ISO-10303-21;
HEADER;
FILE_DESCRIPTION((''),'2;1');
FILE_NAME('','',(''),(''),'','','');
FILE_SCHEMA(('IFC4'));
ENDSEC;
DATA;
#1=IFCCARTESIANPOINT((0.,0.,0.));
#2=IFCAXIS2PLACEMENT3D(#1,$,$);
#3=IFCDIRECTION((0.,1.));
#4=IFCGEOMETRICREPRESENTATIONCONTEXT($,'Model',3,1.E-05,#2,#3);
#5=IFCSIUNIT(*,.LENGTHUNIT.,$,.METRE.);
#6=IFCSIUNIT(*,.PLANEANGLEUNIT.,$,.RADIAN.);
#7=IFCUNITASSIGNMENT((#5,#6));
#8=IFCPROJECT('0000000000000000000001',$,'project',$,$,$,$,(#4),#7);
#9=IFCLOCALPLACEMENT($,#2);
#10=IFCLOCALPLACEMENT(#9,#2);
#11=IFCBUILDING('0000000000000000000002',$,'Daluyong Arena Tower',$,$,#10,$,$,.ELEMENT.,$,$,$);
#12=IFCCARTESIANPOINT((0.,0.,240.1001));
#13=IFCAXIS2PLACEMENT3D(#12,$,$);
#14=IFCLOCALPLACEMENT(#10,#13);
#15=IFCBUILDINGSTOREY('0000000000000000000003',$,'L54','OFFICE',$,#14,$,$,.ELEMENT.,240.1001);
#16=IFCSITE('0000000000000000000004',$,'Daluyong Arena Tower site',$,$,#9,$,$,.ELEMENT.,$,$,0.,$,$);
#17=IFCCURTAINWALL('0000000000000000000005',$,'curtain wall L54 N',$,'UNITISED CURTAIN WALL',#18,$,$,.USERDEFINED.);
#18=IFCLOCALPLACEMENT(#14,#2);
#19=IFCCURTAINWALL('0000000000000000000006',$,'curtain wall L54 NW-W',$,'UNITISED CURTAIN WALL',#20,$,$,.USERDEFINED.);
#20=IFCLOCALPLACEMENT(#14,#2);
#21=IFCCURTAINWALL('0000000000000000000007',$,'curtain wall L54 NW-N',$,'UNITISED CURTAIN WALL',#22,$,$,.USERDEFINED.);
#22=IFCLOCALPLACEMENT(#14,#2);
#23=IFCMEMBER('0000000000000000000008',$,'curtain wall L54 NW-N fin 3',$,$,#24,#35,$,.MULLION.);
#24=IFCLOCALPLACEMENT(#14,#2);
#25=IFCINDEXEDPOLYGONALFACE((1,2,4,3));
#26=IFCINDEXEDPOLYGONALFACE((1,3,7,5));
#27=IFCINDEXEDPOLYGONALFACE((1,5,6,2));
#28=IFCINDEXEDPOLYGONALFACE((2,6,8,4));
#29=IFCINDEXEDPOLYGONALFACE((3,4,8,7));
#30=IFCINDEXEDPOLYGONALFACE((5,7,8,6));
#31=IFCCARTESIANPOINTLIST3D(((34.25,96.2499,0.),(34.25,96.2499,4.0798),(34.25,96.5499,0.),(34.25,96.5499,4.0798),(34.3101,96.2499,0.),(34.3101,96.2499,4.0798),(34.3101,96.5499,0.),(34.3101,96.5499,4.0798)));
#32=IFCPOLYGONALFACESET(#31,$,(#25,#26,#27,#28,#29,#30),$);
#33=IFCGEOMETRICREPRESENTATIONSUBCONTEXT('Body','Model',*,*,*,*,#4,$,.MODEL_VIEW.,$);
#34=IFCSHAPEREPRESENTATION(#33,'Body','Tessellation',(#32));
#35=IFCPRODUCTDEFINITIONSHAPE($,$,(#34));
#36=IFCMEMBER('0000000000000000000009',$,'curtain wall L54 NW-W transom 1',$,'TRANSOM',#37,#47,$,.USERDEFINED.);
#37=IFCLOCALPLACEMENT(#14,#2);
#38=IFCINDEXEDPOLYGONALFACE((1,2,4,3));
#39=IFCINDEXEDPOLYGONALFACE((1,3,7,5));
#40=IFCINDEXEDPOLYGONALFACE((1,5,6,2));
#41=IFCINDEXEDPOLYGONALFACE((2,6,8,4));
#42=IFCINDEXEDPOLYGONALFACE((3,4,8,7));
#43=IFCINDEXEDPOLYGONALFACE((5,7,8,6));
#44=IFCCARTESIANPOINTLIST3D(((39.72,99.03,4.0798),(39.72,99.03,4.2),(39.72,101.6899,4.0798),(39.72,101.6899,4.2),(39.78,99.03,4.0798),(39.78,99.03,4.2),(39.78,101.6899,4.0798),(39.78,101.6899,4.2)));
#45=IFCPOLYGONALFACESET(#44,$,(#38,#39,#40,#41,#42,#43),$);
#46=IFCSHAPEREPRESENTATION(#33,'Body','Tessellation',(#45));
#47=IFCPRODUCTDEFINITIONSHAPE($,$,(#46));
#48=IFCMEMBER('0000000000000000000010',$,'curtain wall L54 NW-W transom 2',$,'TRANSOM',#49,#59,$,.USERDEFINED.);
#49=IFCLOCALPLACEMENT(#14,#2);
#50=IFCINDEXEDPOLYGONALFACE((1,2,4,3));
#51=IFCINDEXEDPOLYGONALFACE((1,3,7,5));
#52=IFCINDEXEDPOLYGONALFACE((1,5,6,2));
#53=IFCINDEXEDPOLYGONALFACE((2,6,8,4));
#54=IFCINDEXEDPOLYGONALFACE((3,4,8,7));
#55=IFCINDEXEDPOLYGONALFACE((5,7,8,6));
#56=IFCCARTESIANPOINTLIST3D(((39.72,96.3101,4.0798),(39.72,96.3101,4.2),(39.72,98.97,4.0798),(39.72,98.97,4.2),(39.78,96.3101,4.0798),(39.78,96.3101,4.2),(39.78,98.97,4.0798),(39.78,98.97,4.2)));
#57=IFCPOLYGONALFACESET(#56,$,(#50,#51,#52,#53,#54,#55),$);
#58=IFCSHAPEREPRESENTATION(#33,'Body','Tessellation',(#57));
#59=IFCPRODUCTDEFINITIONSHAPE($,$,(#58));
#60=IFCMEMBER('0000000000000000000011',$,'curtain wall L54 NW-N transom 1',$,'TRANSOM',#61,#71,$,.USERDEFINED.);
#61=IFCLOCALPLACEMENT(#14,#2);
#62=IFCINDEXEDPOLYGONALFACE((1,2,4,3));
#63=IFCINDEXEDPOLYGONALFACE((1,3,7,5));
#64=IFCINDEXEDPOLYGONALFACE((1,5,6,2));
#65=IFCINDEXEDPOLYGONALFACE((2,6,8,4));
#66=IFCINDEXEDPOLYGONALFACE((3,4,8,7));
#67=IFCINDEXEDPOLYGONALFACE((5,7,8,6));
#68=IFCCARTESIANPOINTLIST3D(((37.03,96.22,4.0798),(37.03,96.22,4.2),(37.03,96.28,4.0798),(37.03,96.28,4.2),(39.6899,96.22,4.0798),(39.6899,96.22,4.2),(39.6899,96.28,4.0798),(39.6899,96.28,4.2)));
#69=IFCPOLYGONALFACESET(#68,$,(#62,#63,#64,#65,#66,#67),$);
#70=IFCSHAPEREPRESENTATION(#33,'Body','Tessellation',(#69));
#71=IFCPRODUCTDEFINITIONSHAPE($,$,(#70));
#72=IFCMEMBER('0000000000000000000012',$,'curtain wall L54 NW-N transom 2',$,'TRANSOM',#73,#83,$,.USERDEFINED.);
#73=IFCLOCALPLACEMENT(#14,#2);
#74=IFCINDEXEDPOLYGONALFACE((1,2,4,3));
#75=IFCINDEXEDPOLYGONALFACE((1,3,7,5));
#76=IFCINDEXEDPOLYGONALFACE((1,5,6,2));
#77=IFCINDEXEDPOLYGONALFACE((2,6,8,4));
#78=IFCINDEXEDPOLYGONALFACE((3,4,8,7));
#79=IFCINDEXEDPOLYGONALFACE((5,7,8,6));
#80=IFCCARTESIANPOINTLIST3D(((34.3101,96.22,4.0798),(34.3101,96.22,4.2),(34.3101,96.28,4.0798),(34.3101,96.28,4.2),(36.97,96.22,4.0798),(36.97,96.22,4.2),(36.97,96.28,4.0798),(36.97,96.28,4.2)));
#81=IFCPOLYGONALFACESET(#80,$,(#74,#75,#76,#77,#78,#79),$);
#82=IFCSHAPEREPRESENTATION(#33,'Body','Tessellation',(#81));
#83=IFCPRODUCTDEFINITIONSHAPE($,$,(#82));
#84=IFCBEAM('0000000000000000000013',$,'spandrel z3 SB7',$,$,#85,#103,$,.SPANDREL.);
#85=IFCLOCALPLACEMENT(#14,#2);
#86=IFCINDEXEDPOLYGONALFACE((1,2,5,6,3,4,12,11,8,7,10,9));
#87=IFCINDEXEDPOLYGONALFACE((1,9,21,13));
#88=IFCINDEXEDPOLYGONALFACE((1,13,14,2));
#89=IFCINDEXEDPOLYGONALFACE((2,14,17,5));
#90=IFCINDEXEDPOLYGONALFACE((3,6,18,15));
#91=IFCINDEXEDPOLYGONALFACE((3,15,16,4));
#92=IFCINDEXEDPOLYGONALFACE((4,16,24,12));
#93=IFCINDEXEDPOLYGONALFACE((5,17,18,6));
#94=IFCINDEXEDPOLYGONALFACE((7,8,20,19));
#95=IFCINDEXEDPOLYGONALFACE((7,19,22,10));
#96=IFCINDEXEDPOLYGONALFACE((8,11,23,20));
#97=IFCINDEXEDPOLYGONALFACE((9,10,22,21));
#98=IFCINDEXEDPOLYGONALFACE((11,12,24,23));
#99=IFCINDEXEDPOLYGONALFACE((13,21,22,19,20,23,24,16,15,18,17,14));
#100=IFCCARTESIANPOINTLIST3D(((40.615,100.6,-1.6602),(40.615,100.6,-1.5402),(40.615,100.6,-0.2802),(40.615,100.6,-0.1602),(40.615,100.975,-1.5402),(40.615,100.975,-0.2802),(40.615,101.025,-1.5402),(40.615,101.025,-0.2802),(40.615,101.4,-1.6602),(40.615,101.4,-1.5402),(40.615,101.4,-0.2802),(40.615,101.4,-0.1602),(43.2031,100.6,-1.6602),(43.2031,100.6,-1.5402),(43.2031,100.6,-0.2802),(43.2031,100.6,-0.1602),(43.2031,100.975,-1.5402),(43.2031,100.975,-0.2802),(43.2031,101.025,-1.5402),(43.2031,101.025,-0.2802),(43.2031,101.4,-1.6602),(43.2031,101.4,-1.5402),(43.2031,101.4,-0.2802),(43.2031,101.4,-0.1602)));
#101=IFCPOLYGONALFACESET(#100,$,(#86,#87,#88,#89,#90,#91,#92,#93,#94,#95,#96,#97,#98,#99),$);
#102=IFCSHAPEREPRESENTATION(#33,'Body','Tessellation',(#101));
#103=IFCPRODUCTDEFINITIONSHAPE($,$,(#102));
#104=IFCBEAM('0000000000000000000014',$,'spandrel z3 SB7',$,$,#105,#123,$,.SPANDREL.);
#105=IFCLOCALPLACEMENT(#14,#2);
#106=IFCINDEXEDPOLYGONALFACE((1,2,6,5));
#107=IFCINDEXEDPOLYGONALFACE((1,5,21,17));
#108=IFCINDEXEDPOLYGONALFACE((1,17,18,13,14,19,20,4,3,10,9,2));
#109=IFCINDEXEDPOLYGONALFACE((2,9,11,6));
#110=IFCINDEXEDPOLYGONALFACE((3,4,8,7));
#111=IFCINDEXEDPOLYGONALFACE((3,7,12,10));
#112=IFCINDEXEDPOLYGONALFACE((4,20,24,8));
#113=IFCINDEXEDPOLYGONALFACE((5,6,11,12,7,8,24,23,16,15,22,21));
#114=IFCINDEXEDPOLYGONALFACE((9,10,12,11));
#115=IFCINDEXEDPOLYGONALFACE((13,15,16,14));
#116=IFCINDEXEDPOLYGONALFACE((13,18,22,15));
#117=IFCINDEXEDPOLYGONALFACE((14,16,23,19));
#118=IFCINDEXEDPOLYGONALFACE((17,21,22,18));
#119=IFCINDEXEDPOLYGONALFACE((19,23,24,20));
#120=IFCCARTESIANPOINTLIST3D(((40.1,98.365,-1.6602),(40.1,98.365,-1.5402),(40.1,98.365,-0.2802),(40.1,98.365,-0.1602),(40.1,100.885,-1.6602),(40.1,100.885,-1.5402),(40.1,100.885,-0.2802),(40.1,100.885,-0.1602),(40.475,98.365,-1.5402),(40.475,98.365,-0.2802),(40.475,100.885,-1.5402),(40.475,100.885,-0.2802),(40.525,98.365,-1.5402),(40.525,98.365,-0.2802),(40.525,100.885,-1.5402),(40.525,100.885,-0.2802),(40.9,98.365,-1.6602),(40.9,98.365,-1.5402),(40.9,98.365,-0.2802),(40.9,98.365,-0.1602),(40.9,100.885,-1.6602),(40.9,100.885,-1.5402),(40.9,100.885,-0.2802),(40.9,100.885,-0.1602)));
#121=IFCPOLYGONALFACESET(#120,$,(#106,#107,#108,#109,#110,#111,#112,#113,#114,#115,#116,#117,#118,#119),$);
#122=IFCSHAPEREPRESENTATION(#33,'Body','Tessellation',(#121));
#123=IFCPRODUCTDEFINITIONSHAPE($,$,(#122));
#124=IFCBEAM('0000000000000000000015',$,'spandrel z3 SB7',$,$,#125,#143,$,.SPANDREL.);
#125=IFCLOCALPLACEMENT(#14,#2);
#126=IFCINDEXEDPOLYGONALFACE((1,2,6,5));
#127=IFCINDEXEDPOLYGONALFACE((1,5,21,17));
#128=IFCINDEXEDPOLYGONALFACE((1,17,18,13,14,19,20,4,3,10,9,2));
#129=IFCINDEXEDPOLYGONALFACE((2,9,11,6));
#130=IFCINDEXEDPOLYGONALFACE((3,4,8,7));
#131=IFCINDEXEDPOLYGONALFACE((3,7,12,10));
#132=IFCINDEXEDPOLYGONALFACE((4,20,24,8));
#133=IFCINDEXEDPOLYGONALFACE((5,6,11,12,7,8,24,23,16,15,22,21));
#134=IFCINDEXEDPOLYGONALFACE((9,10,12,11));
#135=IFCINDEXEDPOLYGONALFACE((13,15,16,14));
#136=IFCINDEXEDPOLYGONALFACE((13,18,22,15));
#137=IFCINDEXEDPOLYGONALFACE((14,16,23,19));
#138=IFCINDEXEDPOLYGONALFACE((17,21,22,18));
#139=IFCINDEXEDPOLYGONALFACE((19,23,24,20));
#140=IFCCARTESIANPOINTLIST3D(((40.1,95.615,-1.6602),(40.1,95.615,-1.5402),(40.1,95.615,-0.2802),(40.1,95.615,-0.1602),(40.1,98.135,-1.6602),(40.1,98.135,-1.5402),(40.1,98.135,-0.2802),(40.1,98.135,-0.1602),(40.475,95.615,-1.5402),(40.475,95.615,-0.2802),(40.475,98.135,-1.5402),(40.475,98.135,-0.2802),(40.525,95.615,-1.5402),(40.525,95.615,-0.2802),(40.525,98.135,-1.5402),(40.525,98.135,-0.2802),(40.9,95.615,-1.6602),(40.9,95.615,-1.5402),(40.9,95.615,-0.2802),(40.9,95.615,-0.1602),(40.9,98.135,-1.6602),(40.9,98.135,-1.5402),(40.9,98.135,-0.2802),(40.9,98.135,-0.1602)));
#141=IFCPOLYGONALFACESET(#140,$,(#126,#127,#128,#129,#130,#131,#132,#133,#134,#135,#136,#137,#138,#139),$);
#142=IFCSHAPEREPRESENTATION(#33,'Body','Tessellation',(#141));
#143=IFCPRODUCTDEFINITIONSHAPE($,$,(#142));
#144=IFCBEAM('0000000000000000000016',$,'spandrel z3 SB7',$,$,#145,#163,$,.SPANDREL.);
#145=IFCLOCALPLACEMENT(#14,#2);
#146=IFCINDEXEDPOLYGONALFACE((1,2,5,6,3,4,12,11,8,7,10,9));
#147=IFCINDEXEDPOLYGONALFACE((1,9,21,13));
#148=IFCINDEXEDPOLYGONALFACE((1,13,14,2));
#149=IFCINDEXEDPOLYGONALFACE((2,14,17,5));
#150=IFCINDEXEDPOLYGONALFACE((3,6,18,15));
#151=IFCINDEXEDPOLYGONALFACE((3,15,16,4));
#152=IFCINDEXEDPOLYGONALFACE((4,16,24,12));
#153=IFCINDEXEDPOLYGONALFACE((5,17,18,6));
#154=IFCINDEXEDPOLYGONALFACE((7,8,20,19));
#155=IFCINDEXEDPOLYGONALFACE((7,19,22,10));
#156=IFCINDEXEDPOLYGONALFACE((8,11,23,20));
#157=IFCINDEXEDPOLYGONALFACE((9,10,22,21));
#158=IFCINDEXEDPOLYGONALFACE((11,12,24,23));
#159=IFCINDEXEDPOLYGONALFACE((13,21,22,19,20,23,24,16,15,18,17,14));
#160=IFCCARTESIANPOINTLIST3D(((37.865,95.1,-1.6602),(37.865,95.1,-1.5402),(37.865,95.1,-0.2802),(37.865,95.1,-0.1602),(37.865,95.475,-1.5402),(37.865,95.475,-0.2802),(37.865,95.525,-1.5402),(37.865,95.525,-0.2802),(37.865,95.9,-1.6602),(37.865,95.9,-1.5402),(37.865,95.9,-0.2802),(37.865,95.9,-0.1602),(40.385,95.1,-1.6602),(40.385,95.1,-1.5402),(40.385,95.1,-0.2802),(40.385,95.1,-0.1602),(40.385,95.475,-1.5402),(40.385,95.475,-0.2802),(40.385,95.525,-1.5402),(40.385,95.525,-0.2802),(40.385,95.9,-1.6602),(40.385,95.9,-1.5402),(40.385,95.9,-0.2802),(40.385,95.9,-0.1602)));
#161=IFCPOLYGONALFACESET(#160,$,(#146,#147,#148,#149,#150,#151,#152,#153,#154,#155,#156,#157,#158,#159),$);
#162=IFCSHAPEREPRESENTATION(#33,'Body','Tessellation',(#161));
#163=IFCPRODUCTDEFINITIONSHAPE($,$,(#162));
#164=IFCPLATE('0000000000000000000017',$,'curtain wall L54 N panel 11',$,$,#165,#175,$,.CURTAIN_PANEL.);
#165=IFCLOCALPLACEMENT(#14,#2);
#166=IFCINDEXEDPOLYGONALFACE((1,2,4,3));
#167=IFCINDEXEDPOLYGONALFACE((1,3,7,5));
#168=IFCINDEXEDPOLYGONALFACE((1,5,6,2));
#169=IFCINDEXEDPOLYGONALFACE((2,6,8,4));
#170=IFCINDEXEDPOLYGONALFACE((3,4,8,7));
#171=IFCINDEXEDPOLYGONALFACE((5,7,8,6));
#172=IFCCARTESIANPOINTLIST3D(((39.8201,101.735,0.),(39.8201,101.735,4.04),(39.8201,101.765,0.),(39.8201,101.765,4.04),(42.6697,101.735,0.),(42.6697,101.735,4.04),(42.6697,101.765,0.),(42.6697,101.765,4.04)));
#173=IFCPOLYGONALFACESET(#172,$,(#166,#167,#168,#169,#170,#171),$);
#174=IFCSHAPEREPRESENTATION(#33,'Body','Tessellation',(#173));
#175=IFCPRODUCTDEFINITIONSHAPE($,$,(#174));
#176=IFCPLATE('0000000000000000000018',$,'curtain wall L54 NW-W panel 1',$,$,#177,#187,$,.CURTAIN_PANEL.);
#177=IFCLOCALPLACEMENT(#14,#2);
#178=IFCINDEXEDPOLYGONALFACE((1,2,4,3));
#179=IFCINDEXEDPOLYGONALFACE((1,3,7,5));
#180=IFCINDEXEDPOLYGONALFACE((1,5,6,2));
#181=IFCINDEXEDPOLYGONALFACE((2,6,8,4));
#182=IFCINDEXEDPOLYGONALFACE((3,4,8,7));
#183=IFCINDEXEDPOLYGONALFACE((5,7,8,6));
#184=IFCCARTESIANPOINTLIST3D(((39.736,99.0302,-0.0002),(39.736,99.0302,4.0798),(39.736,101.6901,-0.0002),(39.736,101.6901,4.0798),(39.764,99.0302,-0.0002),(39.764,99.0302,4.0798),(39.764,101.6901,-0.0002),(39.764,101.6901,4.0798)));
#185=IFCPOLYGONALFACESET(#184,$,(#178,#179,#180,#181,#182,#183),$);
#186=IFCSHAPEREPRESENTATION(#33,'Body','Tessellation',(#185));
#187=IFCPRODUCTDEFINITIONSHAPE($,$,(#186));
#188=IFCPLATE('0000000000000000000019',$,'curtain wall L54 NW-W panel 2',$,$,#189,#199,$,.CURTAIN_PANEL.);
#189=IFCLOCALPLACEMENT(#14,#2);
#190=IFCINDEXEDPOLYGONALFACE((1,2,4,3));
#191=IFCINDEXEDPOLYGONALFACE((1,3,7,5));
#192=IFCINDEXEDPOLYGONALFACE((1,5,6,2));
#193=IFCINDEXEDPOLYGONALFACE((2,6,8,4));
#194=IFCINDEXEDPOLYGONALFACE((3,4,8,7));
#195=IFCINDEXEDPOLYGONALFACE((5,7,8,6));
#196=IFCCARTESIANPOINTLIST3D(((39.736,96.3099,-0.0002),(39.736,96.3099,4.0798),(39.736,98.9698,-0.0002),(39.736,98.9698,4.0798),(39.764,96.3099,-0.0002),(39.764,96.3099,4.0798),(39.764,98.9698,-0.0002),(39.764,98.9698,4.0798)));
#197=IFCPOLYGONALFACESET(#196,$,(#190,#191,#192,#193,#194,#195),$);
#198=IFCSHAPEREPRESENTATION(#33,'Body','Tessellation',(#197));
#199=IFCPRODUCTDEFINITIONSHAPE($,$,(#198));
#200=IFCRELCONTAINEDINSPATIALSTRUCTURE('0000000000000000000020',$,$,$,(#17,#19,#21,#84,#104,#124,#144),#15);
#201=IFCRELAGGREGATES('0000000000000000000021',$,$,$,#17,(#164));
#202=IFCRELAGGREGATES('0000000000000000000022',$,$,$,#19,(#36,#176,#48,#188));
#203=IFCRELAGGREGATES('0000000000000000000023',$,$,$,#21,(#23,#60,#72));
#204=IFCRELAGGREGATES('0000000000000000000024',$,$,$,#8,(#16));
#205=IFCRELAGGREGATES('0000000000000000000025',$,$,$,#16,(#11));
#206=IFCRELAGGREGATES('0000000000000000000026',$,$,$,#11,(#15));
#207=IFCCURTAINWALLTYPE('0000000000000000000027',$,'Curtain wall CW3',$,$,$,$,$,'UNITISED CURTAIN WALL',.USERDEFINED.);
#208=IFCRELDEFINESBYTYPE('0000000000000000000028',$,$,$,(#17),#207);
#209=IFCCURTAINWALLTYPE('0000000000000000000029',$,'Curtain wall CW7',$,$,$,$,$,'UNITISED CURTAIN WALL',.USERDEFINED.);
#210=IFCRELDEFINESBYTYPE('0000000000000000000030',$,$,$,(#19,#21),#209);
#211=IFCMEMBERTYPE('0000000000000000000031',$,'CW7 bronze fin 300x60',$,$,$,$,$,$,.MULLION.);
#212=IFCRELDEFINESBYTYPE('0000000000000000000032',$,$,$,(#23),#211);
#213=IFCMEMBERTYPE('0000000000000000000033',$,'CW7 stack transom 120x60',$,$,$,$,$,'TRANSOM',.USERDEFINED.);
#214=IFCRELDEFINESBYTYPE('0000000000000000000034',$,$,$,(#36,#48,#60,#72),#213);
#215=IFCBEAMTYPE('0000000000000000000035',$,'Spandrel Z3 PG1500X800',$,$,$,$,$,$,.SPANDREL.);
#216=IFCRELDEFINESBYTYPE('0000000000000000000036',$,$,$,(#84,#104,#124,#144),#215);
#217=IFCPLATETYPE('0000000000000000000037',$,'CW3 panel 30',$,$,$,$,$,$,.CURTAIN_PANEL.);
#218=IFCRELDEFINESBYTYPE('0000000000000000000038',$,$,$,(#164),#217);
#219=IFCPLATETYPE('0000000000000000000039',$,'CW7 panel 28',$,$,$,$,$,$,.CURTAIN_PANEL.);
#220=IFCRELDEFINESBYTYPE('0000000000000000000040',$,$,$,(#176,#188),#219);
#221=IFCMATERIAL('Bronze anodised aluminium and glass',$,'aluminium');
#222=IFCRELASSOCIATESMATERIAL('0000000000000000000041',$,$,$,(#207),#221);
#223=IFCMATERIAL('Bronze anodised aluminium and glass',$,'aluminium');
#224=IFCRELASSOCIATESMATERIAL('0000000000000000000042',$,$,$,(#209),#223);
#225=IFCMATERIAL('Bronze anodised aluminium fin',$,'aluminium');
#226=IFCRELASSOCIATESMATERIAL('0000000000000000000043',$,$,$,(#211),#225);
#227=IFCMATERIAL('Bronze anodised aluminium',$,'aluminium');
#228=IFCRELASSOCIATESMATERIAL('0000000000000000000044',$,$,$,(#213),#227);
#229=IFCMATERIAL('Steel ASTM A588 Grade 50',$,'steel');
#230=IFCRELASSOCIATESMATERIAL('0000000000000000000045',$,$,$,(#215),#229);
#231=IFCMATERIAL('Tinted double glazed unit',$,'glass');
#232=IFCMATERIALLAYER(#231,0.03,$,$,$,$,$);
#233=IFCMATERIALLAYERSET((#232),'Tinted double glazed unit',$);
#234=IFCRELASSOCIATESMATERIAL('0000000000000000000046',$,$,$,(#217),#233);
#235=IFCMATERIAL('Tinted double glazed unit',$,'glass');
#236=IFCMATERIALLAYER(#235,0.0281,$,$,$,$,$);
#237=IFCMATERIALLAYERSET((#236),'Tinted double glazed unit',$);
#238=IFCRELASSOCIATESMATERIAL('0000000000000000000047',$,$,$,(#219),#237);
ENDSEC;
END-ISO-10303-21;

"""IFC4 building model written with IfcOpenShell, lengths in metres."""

from ifc_helpers import new_model, si_unit, direction, frame, origin, origin_2d, place, context, subcontext, project, spatial, rectangle, i_section, extrude, material, layer, layer_set, material_profile, profile_set, type_object, element, aggregate, save


model = new_model("IFC4")

# Units and contexts
model_context = context("Model", 3, precision=1e-05, world=origin(), true_north=direction((0.0, 1.0)))
body_context = subcontext(model_context, "Body", "Model", "MODEL_VIEW")
ifc_project = project(units=[si_unit("LENGTHUNIT", "METRE"), si_unit("PLANEANGLEUNIT", "RADIAN")], contexts=[model_context])

# Site, building, storey
site_placement = place(None, origin())
site = spatial("IfcSite", under=ifc_project, at=site_placement, Name="Daluyong Arena Tower site", CompositionType="ELEMENT", RefElevation=0.0)
building_placement = place(site_placement, origin())
building = spatial("IfcBuilding", under=site, at=building_placement, Name="Daluyong Arena Tower", CompositionType="ELEMENT")
storey_placement = place(building_placement, frame((0.0, 0.0, 240.1001)))
storey = spatial("IfcBuildingStorey", under=building, at=storey_placement, Name="L54", Description="OFFICE", CompositionType="ELEMENT", Elevation=240.1001)

# Curtain wall
ifc_material_1 = material(Name="Bronze anodised aluminium and glass", Category="aluminium")
curtain_wall_type_1 = type_object("IfcCurtainWallType", Name="Curtain wall CW3", ElementType="UNITISED CURTAIN WALL", PredefinedType="USERDEFINED", material=ifc_material_1)
curtain_wall_1_placement = place(storey_placement, origin())
curtain_wall_1 = element("IfcCurtainWall", 1, at=curtain_wall_1_placement, inside=storey, type_object=curtain_wall_type_1, Name="curtain wall L54 N", ObjectType="UNITISED CURTAIN WALL", PredefinedType="USERDEFINED")

# Curtain walls, member
ifc_material_2 = material(Name="Bronze anodised aluminium and glass", Category="aluminium")
curtain_wall_type_2 = type_object("IfcCurtainWallType", Name="Curtain wall CW7", ElementType="UNITISED CURTAIN WALL", PredefinedType="USERDEFINED", material=ifc_material_2)
curtain_wall_2_placement = place(storey_placement, origin())
curtain_wall_2 = element("IfcCurtainWall", 2, at=curtain_wall_2_placement, inside=storey, type_object=curtain_wall_type_2, Name="curtain wall L54 NW-W", ObjectType="UNITISED CURTAIN WALL", PredefinedType="USERDEFINED")
ifc_material_3 = material(Name="Bronze anodised aluminium fin", Category="aluminium")
ifc_material_profile_1 = material_profile(ifc_material_3, rectangle(XDim=0.3, YDim=0.0601, at=origin_2d()))
ifc_profile_set_1 = profile_set([ifc_material_profile_1], Name="Bronze anodised aluminium fin")
member_type_1 = type_object("IfcMemberType", Name="CW7 bronze fin 300x60", PredefinedType="MULLION", material=ifc_profile_set_1)
curtain_wall_3_placement = place(storey_placement, origin())
curtain_wall_3 = element("IfcCurtainWall", 3, at=curtain_wall_3_placement, inside=storey, type_object=curtain_wall_type_2, Name="curtain wall L54 NW-N", ObjectType="UNITISED CURTAIN WALL", PredefinedType="USERDEFINED")
member_1_placement = place(storey_placement, frame((34.28, 96.3999, 0.0), z_axis=(0.0, 0.0, 1.0), x_axis=(0.0, -1.0, 0.0)))
member_1 = element("IfcMember", 4, at=member_1_placement, type_object=member_type_1, Name="curtain wall L54 NW-N fin 3", PredefinedType="MULLION", context=body_context, shape_type="SweptSolid", body=[
    extrude(rectangle(XDim=0.3, YDim=0.0601, at=origin_2d()), origin(), (0.0, 0.0, 1.0), 4.0798),
])

# Members
ifc_material_4 = material(Name="Bronze anodised aluminium", Category="aluminium")
ifc_material_profile_2 = material_profile(ifc_material_4, rectangle(XDim=0.0601, YDim=0.1201, at=origin_2d()))
ifc_profile_set_2 = profile_set([ifc_material_profile_2], Name="Bronze anodised aluminium")
member_type_2 = type_object("IfcMemberType", Name="CW7 stack transom 120x60", ElementType="TRANSOM", PredefinedType="USERDEFINED", material=ifc_profile_set_2)
member_2_placement = place(storey_placement, frame((39.75, 101.6899, 4.1399), z_axis=(0.0, -1.0, 0.0), x_axis=(1.0, 0.0, 0.0)))
member_2 = element("IfcMember", 5, at=member_2_placement, type_object=member_type_2, Name="curtain wall L54 NW-W transom 1", ObjectType="TRANSOM", PredefinedType="USERDEFINED", context=body_context, shape_type="SweptSolid", body=[
    extrude(rectangle(XDim=0.0601, YDim=0.1201, at=origin_2d()), origin(), (0.0, 0.0, 1.0), 2.6599),
])
member_3_placement = place(storey_placement, frame((39.75, 98.97, 4.1399), z_axis=(0.0, -1.0, 0.0), x_axis=(1.0, 0.0, 0.0)))
member_3 = element("IfcMember", 6, at=member_3_placement, type_object=member_type_2, Name="curtain wall L54 NW-W transom 2", ObjectType="TRANSOM", PredefinedType="USERDEFINED", context=body_context, shape_type="SweptSolid", body=[
    extrude(rectangle(XDim=0.0601, YDim=0.1201, at=origin_2d()), origin(), (0.0, 0.0, 1.0), 2.6599),
])
member_4_placement = place(storey_placement, frame((39.6899, 96.25, 4.1399), z_axis=(-1.0, 0.0, 0.0), x_axis=(0.0, -1.0, 0.0)))
member_4 = element("IfcMember", 7, at=member_4_placement, type_object=member_type_2, Name="curtain wall L54 NW-N transom 1", ObjectType="TRANSOM", PredefinedType="USERDEFINED", context=body_context, shape_type="SweptSolid", body=[
    extrude(rectangle(XDim=0.0601, YDim=0.1201, at=origin_2d()), origin(), (0.0, 0.0, 1.0), 2.6599),
])
member_5_placement = place(storey_placement, frame((36.97, 96.25, 4.1399), z_axis=(-1.0, 0.0, 0.0), x_axis=(0.0, -1.0, 0.0)))
member_5 = element("IfcMember", 8, at=member_5_placement, type_object=member_type_2, Name="curtain wall L54 NW-N transom 2", ObjectType="TRANSOM", PredefinedType="USERDEFINED", context=body_context, shape_type="SweptSolid", body=[
    extrude(rectangle(XDim=0.0601, YDim=0.1201, at=origin_2d()), origin(), (0.0, 0.0, 1.0), 2.6599),
])

# Beams
ifc_material_5 = material(Name="Steel ASTM A588 Grade 50", Category="steel")
ifc_material_profile_3 = material_profile(ifc_material_5, i_section(OverallWidth=0.8, OverallDepth=1.5, WebThickness=0.05, FlangeThickness=0.12, at=origin_2d()))
ifc_profile_set_3 = profile_set([ifc_material_profile_3], Name="Steel ASTM A588 Grade 50")
beam_type = type_object("IfcBeamType", Name="Spandrel Z3 PG1500X800", PredefinedType="SPANDREL", material=ifc_profile_set_3)
beam_placement = place(storey_placement, frame((43.2031, 101.0, -0.9102), z_axis=(-1.0, 0.0, 0.0), x_axis=(0.0, -1.0, 0.0)))
element("IfcBeam", 9, at=beam_placement, inside=storey, type_object=beam_type, Name="spandrel z3 SB7", PredefinedType="SPANDREL", context=body_context, shape_type="SweptSolid", body=[
    extrude(i_section(OverallWidth=0.8, OverallDepth=1.5, WebThickness=0.05, FlangeThickness=0.12, at=origin_2d()), origin(), (0.0, 0.0, 1.0), 2.5881),
])
for number, where, z_axis, x_axis, name in (
    (10, (40.5, 100.885, -0.9102), (0.0, -1.0, 0.0), (1.0, 0.0, 0.0), "spandrel z3 SB7"),
    (11, (40.5, 98.135, -0.9102), (0.0, -1.0, 0.0), (1.0, 0.0, 0.0), "spandrel z3 SB7"),
    (12, (40.385, 95.5, -0.9102), (-1.0, 0.0, 0.0), (0.0, -1.0, 0.0), "spandrel z3 SB7"),
):
    element("IfcBeam", number, at=place(storey_placement, frame(where, z_axis=z_axis, x_axis=x_axis)), inside=storey, type_object=beam_type, Name=name, PredefinedType="SPANDREL", context=body_context, shape_type="SweptSolid", body=[
        extrude(i_section(OverallWidth=0.8, OverallDepth=1.5, WebThickness=0.05, FlangeThickness=0.12, at=origin_2d()), origin(), (0.0, 0.0, 1.0), 2.52),
    ])

# Plates
ifc_material_6 = material(Name="Tinted double glazed unit", Category="glass")
ifc_layer_1 = layer(ifc_material_6, 0.03)
ifc_layer_set_1 = layer_set([ifc_layer_1], Name="Tinted double glazed unit")
plate_type_1 = type_object("IfcPlateType", Name="CW3 panel 30", PredefinedType="CURTAIN_PANEL", material=ifc_layer_set_1)
plate_1_placement = place(storey_placement, frame((41.2449, 101.75, 0.0), z_axis=(0.0, 0.0, 1.0), x_axis=(-1.0, 0.0, 0.0)))
plate_1 = element("IfcPlate", 13, at=plate_1_placement, type_object=plate_type_1, Name="curtain wall L54 N panel 11", PredefinedType="CURTAIN_PANEL", context=body_context, shape_type="SweptSolid", body=[
    extrude(rectangle(XDim=2.8496, YDim=0.03, at=origin_2d()), origin(), (0.0, 0.0, 1.0), 4.04),
])
aggregate(curtain_wall_1, [plate_1])
ifc_material_7 = material(Name="Tinted double glazed unit", Category="glass")
ifc_layer_2 = layer(ifc_material_7, 0.0281)
ifc_layer_set_2 = layer_set([ifc_layer_2], Name="Tinted double glazed unit")
plate_type_2 = type_object("IfcPlateType", Name="CW7 panel 28", PredefinedType="CURTAIN_PANEL", material=ifc_layer_set_2)
plate_2_placement = place(storey_placement, frame((39.75, 100.3601, -0.0002), z_axis=(0.0, 0.0, 1.0), x_axis=(0.0, -1.0, 0.0)))
plate_2 = element("IfcPlate", 14, at=plate_2_placement, type_object=plate_type_2, Name="curtain wall L54 NW-W panel 1", PredefinedType="CURTAIN_PANEL", context=body_context, shape_type="SweptSolid", body=[
    extrude(rectangle(XDim=2.6599, YDim=0.0281, at=origin_2d()), origin(), (0.0, 0.0, 1.0), 4.0801),
])
plate_3_placement = place(storey_placement, frame((39.75, 97.6399, -0.0002), z_axis=(0.0, 0.0, 1.0), x_axis=(0.0, -1.0, 0.0)))
plate_3 = element("IfcPlate", 15, at=plate_3_placement, type_object=plate_type_2, Name="curtain wall L54 NW-W panel 2", PredefinedType="CURTAIN_PANEL", context=body_context, shape_type="SweptSolid", body=[
    extrude(rectangle(XDim=2.6599, YDim=0.0281, at=origin_2d()), origin(), (0.0, 0.0, 1.0), 4.0801),
])
aggregate(curtain_wall_2, [member_2, plate_2, member_3, plate_3])
aggregate(curtain_wall_3, [member_1, member_4, member_5])

save(model, "model.ifc")
